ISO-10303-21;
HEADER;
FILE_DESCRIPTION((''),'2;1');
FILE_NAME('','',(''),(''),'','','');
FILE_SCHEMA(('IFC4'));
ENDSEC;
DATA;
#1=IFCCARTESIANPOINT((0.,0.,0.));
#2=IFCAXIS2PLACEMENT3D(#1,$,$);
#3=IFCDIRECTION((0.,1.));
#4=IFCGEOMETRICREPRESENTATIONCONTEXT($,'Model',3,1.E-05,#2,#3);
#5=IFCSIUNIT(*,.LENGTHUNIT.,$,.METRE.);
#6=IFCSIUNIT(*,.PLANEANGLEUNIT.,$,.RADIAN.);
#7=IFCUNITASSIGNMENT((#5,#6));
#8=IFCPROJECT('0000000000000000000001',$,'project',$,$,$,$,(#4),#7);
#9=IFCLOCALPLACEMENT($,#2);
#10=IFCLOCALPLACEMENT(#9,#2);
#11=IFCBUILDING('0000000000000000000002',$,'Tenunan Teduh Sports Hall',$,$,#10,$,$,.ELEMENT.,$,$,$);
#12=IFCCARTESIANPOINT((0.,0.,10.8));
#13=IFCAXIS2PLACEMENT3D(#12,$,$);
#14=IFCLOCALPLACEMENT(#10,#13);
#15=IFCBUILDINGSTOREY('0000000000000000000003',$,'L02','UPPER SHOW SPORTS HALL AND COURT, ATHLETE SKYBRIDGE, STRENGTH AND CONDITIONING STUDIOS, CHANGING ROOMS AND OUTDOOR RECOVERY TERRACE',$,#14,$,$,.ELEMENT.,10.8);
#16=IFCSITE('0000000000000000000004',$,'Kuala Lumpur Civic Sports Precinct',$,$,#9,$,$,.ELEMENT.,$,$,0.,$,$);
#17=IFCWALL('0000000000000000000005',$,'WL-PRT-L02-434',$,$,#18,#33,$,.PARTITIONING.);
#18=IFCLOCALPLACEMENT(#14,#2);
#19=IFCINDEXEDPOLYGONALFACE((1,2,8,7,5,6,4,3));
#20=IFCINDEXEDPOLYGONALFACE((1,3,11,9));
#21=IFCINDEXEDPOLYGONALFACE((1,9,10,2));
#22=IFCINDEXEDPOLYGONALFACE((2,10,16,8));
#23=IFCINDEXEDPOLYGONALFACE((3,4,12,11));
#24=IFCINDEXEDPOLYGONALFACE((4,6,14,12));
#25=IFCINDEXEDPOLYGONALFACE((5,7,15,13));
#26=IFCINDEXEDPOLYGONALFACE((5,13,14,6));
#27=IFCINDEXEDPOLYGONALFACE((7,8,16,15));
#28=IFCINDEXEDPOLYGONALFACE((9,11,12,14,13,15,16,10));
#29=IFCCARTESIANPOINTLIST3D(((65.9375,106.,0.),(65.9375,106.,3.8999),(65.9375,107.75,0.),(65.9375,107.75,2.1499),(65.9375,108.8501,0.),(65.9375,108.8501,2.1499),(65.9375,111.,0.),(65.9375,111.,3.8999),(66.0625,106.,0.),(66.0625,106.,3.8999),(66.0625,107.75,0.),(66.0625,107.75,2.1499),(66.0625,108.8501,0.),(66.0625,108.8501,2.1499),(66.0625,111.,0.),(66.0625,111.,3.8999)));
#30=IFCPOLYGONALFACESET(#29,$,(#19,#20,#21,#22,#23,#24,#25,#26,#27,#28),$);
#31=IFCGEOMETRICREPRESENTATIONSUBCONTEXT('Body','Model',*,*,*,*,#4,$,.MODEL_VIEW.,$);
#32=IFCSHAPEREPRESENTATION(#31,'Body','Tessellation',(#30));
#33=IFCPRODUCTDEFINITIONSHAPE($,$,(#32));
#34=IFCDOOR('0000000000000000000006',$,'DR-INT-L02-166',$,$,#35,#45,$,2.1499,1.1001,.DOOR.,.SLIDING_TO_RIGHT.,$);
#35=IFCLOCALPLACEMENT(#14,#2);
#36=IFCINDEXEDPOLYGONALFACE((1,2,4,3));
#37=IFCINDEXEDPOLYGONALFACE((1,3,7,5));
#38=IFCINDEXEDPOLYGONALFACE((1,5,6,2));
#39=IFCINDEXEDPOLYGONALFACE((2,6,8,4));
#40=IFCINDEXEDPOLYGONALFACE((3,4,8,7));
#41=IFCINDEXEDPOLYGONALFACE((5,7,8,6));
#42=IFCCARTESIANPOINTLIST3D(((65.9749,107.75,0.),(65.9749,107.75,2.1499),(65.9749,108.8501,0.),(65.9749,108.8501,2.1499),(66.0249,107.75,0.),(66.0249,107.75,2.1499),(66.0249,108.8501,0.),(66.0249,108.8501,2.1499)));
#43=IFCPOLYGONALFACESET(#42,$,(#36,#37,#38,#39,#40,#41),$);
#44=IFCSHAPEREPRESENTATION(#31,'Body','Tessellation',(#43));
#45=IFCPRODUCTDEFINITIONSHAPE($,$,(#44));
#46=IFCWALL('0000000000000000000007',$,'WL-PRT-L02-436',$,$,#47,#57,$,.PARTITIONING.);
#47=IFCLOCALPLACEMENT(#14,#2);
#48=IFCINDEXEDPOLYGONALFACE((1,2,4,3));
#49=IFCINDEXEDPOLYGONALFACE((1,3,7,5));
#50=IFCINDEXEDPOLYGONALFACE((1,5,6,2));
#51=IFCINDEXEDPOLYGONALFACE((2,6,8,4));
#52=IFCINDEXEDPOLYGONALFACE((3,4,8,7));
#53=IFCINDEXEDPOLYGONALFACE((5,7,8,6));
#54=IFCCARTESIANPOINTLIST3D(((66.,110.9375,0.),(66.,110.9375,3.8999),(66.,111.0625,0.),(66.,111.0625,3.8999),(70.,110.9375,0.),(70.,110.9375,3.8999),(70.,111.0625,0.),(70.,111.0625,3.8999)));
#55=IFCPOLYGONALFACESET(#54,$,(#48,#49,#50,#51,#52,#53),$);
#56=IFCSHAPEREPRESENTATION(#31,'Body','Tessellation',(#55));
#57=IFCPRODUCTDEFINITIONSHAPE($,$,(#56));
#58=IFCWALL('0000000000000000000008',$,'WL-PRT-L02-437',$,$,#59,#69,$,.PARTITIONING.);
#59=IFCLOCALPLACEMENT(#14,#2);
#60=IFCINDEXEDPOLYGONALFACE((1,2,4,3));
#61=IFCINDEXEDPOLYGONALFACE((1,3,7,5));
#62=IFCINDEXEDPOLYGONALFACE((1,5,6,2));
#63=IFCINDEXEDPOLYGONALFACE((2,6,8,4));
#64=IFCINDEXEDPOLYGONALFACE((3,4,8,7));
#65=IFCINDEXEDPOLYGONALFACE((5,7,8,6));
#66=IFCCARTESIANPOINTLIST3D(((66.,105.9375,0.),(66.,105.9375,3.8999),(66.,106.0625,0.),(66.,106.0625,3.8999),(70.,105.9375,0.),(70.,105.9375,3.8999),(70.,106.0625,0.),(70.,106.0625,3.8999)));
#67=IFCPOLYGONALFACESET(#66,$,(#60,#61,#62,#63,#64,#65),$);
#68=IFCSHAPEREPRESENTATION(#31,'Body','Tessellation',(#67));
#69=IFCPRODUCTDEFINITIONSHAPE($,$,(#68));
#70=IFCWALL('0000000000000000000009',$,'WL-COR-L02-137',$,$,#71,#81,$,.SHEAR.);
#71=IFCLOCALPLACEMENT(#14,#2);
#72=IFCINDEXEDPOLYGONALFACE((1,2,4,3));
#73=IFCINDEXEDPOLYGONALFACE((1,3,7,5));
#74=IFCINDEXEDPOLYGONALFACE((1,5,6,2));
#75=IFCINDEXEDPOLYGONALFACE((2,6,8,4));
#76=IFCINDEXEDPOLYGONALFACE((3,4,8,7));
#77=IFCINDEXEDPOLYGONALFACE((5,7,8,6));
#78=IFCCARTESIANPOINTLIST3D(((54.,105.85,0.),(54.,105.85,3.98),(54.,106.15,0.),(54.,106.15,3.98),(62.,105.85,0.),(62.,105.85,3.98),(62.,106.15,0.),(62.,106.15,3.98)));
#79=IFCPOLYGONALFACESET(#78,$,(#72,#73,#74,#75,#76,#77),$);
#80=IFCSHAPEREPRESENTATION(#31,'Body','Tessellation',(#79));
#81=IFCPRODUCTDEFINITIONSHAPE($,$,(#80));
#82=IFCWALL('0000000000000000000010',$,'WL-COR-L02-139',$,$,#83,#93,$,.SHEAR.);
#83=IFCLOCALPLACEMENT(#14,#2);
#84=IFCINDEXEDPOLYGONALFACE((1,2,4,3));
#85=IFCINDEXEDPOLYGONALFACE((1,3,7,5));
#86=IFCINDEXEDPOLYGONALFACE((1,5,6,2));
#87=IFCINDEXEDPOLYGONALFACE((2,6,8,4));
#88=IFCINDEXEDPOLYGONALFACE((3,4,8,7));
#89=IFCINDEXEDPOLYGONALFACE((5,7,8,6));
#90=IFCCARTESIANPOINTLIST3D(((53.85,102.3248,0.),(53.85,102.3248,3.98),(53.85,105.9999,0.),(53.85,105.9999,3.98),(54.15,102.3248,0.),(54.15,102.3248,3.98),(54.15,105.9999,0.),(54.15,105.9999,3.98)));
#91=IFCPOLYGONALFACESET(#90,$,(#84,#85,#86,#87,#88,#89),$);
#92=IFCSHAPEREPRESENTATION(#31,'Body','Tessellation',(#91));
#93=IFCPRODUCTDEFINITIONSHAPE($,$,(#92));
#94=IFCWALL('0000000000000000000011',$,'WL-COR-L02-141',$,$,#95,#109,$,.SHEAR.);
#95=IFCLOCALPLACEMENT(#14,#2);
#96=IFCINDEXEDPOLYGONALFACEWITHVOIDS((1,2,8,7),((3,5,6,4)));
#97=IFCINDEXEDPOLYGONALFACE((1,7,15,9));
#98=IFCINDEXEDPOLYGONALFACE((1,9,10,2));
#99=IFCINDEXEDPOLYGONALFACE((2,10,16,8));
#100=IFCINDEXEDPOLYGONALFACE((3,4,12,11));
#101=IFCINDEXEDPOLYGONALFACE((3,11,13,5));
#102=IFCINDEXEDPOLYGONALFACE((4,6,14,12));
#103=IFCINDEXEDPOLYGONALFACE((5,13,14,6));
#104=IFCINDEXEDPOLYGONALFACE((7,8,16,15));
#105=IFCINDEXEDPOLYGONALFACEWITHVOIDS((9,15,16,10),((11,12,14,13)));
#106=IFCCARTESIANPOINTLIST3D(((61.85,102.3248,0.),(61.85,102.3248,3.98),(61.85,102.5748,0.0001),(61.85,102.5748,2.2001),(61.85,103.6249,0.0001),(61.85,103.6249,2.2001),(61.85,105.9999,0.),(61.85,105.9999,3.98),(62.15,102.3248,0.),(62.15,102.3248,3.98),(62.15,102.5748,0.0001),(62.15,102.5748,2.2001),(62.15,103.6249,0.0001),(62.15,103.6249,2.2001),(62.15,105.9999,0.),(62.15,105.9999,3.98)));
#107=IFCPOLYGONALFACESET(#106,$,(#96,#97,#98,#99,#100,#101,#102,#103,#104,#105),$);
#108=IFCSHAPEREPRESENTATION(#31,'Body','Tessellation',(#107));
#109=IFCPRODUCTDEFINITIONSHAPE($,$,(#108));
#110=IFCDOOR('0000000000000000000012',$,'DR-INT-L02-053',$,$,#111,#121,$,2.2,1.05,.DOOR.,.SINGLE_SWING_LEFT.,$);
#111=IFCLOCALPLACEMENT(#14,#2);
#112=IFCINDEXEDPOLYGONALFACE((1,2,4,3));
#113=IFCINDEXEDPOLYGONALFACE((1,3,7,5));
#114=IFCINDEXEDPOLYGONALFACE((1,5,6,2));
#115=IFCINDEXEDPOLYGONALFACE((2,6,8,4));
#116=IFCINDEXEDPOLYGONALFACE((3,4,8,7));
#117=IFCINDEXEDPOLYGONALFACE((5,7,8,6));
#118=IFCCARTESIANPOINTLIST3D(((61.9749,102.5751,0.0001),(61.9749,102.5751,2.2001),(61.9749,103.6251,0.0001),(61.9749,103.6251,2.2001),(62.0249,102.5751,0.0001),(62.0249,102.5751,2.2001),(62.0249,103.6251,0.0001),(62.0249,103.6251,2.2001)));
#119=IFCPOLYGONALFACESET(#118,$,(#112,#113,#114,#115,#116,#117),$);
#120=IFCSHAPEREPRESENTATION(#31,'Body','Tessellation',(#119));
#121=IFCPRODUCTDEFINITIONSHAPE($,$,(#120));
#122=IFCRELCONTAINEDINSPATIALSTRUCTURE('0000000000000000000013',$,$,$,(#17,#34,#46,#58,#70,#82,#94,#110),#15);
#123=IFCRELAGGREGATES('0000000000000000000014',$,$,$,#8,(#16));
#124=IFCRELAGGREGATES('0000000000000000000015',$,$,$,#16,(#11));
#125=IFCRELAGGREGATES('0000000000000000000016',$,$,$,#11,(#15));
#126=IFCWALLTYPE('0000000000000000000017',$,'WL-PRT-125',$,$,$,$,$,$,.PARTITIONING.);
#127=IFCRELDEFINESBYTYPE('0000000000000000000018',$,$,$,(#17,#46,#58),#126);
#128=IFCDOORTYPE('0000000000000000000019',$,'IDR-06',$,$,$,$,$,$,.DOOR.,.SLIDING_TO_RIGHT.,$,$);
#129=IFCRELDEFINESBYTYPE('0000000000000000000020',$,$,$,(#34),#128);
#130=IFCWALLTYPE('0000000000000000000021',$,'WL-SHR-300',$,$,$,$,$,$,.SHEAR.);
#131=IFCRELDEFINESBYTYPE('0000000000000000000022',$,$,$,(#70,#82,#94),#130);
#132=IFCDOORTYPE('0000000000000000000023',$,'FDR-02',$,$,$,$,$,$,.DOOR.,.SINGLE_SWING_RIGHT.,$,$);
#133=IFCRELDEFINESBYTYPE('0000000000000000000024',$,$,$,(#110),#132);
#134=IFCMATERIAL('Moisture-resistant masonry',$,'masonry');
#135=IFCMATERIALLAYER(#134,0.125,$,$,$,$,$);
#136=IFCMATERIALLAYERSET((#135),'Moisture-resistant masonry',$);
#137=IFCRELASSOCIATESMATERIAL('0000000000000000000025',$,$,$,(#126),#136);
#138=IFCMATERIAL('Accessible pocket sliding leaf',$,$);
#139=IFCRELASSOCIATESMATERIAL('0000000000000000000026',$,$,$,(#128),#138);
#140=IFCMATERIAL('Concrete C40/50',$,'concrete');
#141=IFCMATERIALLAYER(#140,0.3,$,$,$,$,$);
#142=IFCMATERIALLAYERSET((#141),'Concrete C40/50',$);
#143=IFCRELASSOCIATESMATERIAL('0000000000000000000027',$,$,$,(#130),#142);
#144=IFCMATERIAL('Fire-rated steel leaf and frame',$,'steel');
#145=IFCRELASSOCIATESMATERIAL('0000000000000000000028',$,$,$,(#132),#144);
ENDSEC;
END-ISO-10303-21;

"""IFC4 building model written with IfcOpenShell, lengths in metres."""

from ifc_helpers import new_model, si_unit, direction, frame, frame_2d, origin, place, context, subcontext, project, spatial, rectangle, extrude, material, layer, layer_set, type_object, element, fill, save


model = new_model("IFC4")

# Units and contexts
model_context = context("Model", 3, precision=1e-05, world=origin(), true_north=direction((0.0, 1.0)))
body_context = subcontext(model_context, "Body", "Model", "MODEL_VIEW")
ifc_project = project(units=[si_unit("LENGTHUNIT", "METRE"), si_unit("PLANEANGLEUNIT", "RADIAN")], contexts=[model_context])

# Site, building, storey
site_placement = place(None, origin())
site = spatial("IfcSite", under=ifc_project, at=site_placement, Name="Kuala Lumpur Civic Sports Precinct", CompositionType="ELEMENT", RefElevation=0.0)
building_placement = place(site_placement, origin())
building = spatial("IfcBuilding", under=site, at=building_placement, Name="Tenunan Teduh Sports Hall", CompositionType="ELEMENT")
storey_placement = place(building_placement, frame((0.0, 0.0, 10.8)))
storey = spatial("IfcBuildingStorey", under=building, at=storey_placement, Name="L02", Description="UPPER SHOW SPORTS HALL AND COURT, ATHLETE SKYBRIDGE, STRENGTH AND CONDITIONING STUDIOS, CHANGING ROOMS AND OUTDOOR RECOVERY TERRACE", CompositionType="ELEMENT", Elevation=10.8)

# Shared definitions
ifc_material_1 = material(Name="Moisture-resistant masonry", Category="masonry")
ifc_layer_1 = layer(ifc_material_1, 0.125)
ifc_layer_set_1 = layer_set([ifc_layer_1], Name="Moisture-resistant masonry")
wall_type_1 = type_object("IfcWallType", Name="WL-PRT-125", PredefinedType="PARTITIONING", material=ifc_layer_set_1)

# Wall, opening, door
wall_1_placement = place(storey_placement, frame((66.0, 106.0, 0.0), z_axis=(0.0, 0.0, 1.0), x_axis=(0.0, 1.0, 0.0)))
wall_1 = element("IfcWall", 1, at=wall_1_placement, inside=storey, type_object=wall_type_1, Name="WL-PRT-L02-434", PredefinedType="PARTITIONING", context=body_context, shape_type="SweptSolid", body=[
    extrude(rectangle(XDim=5.0, YDim=0.125, at=frame_2d((2.5, 0.0))), origin(), (0.0, 0.0, 1.0), 3.8999),
])
opening_1_placement = place(wall_1_placement, frame((1.75, 0.0, 0.0)))
opening_1 = element("IfcOpeningElement", 2, at=opening_1_placement, cuts=wall_1, PredefinedType="OPENING", context=body_context, shape_type="SweptSolid", body=[
    extrude(rectangle(XDim=1.1001, YDim=2.1499, at=frame_2d((0.55, 1.075))), frame((0.0, 0.0725, 0.0), z_axis=(0.0, -1.0, 0.0), x_axis=(1.0, 0.0, 0.0)), (0.0, 0.0, 1.0), 0.145),
])
ifc_material_2 = material(Name="Accessible pocket sliding leaf")
door_type_1 = type_object("IfcDoorType", Name="IDR-06", OperationType="SLIDING_TO_RIGHT", PredefinedType="DOOR", material=ifc_material_2)
door_1_placement = place(opening_1_placement, frame((1.1001, 0.0, 0.0), z_axis=(0.0, 0.0, 1.0), x_axis=(-1.0, 0.0, 0.0)))
door_1 = element("IfcDoor", 3, at=door_1_placement, inside=storey, type_object=door_type_1, Name="DR-INT-L02-166", OperationType="SLIDING_TO_RIGHT", OverallHeight=2.1499, OverallWidth=1.1001, PredefinedType="DOOR", context=body_context, shape_type="SweptSolid", body=[
    extrude(rectangle(XDim=1.1001, YDim=2.1499, at=frame_2d((0.55, 1.075))), frame((0.0, 0.0249, 0.0), z_axis=(0.0, -1.0, 0.0), x_axis=(1.0, 0.0, 0.0)), (0.0, 0.0, 1.0), 0.05),
])
fill(opening_1, door_1)

# Walls
for number, where, z_axis, x_axis, name in (
    (4, (66.0, 111.0, 0.0), (0.0, 0.0, 1.0), (1.0, 0.0, 0.0), "WL-PRT-L02-436"),
    (5, (66.0, 106.0, 0.0), (0.0, 0.0, 1.0), (1.0, 0.0, 0.0), "WL-PRT-L02-437"),
):
    element("IfcWall", number, at=place(storey_placement, frame(where, z_axis=z_axis, x_axis=x_axis)), inside=storey, type_object=wall_type_1, Name=name, PredefinedType="PARTITIONING", context=body_context, shape_type="SweptSolid", body=[
        extrude(rectangle(XDim=4.0, YDim=0.125, at=frame_2d((2.0, 0.0))), origin(), (0.0, 0.0, 1.0), 3.8999),
    ])
ifc_material_3 = material(Name="Concrete C40/50", Category="concrete")
ifc_layer_2 = layer(ifc_material_3, 0.3)
ifc_layer_set_2 = layer_set([ifc_layer_2], Name="Concrete C40/50")
wall_type_2 = type_object("IfcWallType", Name="WL-SHR-300", PredefinedType="SHEAR", material=ifc_layer_set_2)
wall_2_placement = place(storey_placement, frame((54.0, 106.0, 0.0), z_axis=(0.0, 0.0, 1.0), x_axis=(1.0, 0.0, 0.0)))
element("IfcWall", 6, at=wall_2_placement, inside=storey, type_object=wall_type_2, Name="WL-COR-L02-137", PredefinedType="SHEAR", context=body_context, shape_type="SweptSolid", body=[
    extrude(rectangle(XDim=8.0, YDim=0.3, at=frame_2d((4.0, 0.0))), origin(), (0.0, 0.0, 1.0), 3.98),
])
wall_3_placement = place(storey_placement, frame((54.0, 102.325, 0.0), z_axis=(0.0, 0.0, 1.0), x_axis=(0.0, 1.0, 0.0)))
element("IfcWall", 7, at=wall_3_placement, inside=storey, type_object=wall_type_2, Name="WL-COR-L02-139", PredefinedType="SHEAR", context=body_context, shape_type="SweptSolid", body=[
    extrude(rectangle(XDim=3.675, YDim=0.3, at=frame_2d((1.8374, 0.0))), origin(), (0.0, 0.0, 1.0), 3.98),
])

# Wall, opening, door
wall_4_placement = place(storey_placement, frame((62.0, 102.325, 0.0), z_axis=(0.0, 0.0, 1.0), x_axis=(0.0, 1.0, 0.0)))
wall_4 = element("IfcWall", 8, at=wall_4_placement, inside=storey, type_object=wall_type_2, Name="WL-COR-L02-141", PredefinedType="SHEAR", context=body_context, shape_type="SweptSolid", body=[
    extrude(rectangle(XDim=3.675, YDim=0.3, at=frame_2d((1.8374, 0.0))), origin(), (0.0, 0.0, 1.0), 3.98),
])
opening_2_placement = place(wall_4_placement, frame((0.25, 0.0, 0.0)))
opening_2 = element("IfcOpeningElement", 9, at=opening_2_placement, cuts=wall_4, PredefinedType="OPENING", context=body_context, shape_type="SweptSolid", body=[
    extrude(rectangle(XDim=1.05, YDim=2.2, at=frame_2d((0.5249, 1.1001))), frame((0.0, 0.1599, 0.0), z_axis=(0.0, -1.0, 0.0), x_axis=(1.0, 0.0, 0.0)), (0.0, 0.0, 1.0), 0.3201),
])
ifc_material_4 = material(Name="Fire-rated steel leaf and frame", Category="steel")
door_type_2 = type_object("IfcDoorType", Name="FDR-02", OperationType="SINGLE_SWING_RIGHT", PredefinedType="DOOR", material=ifc_material_4)
door_2_placement = place(opening_2_placement, frame((1.05, 0.0, 0.0), z_axis=(0.0, 0.0, 1.0), x_axis=(-1.0, 0.0, 0.0)))
door_2 = element("IfcDoor", 10, at=door_2_placement, inside=storey, type_object=door_type_2, Name="DR-INT-L02-053", OperationType="SINGLE_SWING_LEFT", OverallHeight=2.2, OverallWidth=1.05, PredefinedType="DOOR", context=body_context, shape_type="SweptSolid", body=[
    extrude(rectangle(XDim=1.05, YDim=2.2, at=frame_2d((0.5249, 1.1001))), frame((0.0, 0.0249, 0.0), z_axis=(0.0, -1.0, 0.0), x_axis=(1.0, 0.0, 0.0)), (0.0, 0.0, 1.0), 0.05),
])
fill(opening_2, door_2)

save(model, "model.ifc")
